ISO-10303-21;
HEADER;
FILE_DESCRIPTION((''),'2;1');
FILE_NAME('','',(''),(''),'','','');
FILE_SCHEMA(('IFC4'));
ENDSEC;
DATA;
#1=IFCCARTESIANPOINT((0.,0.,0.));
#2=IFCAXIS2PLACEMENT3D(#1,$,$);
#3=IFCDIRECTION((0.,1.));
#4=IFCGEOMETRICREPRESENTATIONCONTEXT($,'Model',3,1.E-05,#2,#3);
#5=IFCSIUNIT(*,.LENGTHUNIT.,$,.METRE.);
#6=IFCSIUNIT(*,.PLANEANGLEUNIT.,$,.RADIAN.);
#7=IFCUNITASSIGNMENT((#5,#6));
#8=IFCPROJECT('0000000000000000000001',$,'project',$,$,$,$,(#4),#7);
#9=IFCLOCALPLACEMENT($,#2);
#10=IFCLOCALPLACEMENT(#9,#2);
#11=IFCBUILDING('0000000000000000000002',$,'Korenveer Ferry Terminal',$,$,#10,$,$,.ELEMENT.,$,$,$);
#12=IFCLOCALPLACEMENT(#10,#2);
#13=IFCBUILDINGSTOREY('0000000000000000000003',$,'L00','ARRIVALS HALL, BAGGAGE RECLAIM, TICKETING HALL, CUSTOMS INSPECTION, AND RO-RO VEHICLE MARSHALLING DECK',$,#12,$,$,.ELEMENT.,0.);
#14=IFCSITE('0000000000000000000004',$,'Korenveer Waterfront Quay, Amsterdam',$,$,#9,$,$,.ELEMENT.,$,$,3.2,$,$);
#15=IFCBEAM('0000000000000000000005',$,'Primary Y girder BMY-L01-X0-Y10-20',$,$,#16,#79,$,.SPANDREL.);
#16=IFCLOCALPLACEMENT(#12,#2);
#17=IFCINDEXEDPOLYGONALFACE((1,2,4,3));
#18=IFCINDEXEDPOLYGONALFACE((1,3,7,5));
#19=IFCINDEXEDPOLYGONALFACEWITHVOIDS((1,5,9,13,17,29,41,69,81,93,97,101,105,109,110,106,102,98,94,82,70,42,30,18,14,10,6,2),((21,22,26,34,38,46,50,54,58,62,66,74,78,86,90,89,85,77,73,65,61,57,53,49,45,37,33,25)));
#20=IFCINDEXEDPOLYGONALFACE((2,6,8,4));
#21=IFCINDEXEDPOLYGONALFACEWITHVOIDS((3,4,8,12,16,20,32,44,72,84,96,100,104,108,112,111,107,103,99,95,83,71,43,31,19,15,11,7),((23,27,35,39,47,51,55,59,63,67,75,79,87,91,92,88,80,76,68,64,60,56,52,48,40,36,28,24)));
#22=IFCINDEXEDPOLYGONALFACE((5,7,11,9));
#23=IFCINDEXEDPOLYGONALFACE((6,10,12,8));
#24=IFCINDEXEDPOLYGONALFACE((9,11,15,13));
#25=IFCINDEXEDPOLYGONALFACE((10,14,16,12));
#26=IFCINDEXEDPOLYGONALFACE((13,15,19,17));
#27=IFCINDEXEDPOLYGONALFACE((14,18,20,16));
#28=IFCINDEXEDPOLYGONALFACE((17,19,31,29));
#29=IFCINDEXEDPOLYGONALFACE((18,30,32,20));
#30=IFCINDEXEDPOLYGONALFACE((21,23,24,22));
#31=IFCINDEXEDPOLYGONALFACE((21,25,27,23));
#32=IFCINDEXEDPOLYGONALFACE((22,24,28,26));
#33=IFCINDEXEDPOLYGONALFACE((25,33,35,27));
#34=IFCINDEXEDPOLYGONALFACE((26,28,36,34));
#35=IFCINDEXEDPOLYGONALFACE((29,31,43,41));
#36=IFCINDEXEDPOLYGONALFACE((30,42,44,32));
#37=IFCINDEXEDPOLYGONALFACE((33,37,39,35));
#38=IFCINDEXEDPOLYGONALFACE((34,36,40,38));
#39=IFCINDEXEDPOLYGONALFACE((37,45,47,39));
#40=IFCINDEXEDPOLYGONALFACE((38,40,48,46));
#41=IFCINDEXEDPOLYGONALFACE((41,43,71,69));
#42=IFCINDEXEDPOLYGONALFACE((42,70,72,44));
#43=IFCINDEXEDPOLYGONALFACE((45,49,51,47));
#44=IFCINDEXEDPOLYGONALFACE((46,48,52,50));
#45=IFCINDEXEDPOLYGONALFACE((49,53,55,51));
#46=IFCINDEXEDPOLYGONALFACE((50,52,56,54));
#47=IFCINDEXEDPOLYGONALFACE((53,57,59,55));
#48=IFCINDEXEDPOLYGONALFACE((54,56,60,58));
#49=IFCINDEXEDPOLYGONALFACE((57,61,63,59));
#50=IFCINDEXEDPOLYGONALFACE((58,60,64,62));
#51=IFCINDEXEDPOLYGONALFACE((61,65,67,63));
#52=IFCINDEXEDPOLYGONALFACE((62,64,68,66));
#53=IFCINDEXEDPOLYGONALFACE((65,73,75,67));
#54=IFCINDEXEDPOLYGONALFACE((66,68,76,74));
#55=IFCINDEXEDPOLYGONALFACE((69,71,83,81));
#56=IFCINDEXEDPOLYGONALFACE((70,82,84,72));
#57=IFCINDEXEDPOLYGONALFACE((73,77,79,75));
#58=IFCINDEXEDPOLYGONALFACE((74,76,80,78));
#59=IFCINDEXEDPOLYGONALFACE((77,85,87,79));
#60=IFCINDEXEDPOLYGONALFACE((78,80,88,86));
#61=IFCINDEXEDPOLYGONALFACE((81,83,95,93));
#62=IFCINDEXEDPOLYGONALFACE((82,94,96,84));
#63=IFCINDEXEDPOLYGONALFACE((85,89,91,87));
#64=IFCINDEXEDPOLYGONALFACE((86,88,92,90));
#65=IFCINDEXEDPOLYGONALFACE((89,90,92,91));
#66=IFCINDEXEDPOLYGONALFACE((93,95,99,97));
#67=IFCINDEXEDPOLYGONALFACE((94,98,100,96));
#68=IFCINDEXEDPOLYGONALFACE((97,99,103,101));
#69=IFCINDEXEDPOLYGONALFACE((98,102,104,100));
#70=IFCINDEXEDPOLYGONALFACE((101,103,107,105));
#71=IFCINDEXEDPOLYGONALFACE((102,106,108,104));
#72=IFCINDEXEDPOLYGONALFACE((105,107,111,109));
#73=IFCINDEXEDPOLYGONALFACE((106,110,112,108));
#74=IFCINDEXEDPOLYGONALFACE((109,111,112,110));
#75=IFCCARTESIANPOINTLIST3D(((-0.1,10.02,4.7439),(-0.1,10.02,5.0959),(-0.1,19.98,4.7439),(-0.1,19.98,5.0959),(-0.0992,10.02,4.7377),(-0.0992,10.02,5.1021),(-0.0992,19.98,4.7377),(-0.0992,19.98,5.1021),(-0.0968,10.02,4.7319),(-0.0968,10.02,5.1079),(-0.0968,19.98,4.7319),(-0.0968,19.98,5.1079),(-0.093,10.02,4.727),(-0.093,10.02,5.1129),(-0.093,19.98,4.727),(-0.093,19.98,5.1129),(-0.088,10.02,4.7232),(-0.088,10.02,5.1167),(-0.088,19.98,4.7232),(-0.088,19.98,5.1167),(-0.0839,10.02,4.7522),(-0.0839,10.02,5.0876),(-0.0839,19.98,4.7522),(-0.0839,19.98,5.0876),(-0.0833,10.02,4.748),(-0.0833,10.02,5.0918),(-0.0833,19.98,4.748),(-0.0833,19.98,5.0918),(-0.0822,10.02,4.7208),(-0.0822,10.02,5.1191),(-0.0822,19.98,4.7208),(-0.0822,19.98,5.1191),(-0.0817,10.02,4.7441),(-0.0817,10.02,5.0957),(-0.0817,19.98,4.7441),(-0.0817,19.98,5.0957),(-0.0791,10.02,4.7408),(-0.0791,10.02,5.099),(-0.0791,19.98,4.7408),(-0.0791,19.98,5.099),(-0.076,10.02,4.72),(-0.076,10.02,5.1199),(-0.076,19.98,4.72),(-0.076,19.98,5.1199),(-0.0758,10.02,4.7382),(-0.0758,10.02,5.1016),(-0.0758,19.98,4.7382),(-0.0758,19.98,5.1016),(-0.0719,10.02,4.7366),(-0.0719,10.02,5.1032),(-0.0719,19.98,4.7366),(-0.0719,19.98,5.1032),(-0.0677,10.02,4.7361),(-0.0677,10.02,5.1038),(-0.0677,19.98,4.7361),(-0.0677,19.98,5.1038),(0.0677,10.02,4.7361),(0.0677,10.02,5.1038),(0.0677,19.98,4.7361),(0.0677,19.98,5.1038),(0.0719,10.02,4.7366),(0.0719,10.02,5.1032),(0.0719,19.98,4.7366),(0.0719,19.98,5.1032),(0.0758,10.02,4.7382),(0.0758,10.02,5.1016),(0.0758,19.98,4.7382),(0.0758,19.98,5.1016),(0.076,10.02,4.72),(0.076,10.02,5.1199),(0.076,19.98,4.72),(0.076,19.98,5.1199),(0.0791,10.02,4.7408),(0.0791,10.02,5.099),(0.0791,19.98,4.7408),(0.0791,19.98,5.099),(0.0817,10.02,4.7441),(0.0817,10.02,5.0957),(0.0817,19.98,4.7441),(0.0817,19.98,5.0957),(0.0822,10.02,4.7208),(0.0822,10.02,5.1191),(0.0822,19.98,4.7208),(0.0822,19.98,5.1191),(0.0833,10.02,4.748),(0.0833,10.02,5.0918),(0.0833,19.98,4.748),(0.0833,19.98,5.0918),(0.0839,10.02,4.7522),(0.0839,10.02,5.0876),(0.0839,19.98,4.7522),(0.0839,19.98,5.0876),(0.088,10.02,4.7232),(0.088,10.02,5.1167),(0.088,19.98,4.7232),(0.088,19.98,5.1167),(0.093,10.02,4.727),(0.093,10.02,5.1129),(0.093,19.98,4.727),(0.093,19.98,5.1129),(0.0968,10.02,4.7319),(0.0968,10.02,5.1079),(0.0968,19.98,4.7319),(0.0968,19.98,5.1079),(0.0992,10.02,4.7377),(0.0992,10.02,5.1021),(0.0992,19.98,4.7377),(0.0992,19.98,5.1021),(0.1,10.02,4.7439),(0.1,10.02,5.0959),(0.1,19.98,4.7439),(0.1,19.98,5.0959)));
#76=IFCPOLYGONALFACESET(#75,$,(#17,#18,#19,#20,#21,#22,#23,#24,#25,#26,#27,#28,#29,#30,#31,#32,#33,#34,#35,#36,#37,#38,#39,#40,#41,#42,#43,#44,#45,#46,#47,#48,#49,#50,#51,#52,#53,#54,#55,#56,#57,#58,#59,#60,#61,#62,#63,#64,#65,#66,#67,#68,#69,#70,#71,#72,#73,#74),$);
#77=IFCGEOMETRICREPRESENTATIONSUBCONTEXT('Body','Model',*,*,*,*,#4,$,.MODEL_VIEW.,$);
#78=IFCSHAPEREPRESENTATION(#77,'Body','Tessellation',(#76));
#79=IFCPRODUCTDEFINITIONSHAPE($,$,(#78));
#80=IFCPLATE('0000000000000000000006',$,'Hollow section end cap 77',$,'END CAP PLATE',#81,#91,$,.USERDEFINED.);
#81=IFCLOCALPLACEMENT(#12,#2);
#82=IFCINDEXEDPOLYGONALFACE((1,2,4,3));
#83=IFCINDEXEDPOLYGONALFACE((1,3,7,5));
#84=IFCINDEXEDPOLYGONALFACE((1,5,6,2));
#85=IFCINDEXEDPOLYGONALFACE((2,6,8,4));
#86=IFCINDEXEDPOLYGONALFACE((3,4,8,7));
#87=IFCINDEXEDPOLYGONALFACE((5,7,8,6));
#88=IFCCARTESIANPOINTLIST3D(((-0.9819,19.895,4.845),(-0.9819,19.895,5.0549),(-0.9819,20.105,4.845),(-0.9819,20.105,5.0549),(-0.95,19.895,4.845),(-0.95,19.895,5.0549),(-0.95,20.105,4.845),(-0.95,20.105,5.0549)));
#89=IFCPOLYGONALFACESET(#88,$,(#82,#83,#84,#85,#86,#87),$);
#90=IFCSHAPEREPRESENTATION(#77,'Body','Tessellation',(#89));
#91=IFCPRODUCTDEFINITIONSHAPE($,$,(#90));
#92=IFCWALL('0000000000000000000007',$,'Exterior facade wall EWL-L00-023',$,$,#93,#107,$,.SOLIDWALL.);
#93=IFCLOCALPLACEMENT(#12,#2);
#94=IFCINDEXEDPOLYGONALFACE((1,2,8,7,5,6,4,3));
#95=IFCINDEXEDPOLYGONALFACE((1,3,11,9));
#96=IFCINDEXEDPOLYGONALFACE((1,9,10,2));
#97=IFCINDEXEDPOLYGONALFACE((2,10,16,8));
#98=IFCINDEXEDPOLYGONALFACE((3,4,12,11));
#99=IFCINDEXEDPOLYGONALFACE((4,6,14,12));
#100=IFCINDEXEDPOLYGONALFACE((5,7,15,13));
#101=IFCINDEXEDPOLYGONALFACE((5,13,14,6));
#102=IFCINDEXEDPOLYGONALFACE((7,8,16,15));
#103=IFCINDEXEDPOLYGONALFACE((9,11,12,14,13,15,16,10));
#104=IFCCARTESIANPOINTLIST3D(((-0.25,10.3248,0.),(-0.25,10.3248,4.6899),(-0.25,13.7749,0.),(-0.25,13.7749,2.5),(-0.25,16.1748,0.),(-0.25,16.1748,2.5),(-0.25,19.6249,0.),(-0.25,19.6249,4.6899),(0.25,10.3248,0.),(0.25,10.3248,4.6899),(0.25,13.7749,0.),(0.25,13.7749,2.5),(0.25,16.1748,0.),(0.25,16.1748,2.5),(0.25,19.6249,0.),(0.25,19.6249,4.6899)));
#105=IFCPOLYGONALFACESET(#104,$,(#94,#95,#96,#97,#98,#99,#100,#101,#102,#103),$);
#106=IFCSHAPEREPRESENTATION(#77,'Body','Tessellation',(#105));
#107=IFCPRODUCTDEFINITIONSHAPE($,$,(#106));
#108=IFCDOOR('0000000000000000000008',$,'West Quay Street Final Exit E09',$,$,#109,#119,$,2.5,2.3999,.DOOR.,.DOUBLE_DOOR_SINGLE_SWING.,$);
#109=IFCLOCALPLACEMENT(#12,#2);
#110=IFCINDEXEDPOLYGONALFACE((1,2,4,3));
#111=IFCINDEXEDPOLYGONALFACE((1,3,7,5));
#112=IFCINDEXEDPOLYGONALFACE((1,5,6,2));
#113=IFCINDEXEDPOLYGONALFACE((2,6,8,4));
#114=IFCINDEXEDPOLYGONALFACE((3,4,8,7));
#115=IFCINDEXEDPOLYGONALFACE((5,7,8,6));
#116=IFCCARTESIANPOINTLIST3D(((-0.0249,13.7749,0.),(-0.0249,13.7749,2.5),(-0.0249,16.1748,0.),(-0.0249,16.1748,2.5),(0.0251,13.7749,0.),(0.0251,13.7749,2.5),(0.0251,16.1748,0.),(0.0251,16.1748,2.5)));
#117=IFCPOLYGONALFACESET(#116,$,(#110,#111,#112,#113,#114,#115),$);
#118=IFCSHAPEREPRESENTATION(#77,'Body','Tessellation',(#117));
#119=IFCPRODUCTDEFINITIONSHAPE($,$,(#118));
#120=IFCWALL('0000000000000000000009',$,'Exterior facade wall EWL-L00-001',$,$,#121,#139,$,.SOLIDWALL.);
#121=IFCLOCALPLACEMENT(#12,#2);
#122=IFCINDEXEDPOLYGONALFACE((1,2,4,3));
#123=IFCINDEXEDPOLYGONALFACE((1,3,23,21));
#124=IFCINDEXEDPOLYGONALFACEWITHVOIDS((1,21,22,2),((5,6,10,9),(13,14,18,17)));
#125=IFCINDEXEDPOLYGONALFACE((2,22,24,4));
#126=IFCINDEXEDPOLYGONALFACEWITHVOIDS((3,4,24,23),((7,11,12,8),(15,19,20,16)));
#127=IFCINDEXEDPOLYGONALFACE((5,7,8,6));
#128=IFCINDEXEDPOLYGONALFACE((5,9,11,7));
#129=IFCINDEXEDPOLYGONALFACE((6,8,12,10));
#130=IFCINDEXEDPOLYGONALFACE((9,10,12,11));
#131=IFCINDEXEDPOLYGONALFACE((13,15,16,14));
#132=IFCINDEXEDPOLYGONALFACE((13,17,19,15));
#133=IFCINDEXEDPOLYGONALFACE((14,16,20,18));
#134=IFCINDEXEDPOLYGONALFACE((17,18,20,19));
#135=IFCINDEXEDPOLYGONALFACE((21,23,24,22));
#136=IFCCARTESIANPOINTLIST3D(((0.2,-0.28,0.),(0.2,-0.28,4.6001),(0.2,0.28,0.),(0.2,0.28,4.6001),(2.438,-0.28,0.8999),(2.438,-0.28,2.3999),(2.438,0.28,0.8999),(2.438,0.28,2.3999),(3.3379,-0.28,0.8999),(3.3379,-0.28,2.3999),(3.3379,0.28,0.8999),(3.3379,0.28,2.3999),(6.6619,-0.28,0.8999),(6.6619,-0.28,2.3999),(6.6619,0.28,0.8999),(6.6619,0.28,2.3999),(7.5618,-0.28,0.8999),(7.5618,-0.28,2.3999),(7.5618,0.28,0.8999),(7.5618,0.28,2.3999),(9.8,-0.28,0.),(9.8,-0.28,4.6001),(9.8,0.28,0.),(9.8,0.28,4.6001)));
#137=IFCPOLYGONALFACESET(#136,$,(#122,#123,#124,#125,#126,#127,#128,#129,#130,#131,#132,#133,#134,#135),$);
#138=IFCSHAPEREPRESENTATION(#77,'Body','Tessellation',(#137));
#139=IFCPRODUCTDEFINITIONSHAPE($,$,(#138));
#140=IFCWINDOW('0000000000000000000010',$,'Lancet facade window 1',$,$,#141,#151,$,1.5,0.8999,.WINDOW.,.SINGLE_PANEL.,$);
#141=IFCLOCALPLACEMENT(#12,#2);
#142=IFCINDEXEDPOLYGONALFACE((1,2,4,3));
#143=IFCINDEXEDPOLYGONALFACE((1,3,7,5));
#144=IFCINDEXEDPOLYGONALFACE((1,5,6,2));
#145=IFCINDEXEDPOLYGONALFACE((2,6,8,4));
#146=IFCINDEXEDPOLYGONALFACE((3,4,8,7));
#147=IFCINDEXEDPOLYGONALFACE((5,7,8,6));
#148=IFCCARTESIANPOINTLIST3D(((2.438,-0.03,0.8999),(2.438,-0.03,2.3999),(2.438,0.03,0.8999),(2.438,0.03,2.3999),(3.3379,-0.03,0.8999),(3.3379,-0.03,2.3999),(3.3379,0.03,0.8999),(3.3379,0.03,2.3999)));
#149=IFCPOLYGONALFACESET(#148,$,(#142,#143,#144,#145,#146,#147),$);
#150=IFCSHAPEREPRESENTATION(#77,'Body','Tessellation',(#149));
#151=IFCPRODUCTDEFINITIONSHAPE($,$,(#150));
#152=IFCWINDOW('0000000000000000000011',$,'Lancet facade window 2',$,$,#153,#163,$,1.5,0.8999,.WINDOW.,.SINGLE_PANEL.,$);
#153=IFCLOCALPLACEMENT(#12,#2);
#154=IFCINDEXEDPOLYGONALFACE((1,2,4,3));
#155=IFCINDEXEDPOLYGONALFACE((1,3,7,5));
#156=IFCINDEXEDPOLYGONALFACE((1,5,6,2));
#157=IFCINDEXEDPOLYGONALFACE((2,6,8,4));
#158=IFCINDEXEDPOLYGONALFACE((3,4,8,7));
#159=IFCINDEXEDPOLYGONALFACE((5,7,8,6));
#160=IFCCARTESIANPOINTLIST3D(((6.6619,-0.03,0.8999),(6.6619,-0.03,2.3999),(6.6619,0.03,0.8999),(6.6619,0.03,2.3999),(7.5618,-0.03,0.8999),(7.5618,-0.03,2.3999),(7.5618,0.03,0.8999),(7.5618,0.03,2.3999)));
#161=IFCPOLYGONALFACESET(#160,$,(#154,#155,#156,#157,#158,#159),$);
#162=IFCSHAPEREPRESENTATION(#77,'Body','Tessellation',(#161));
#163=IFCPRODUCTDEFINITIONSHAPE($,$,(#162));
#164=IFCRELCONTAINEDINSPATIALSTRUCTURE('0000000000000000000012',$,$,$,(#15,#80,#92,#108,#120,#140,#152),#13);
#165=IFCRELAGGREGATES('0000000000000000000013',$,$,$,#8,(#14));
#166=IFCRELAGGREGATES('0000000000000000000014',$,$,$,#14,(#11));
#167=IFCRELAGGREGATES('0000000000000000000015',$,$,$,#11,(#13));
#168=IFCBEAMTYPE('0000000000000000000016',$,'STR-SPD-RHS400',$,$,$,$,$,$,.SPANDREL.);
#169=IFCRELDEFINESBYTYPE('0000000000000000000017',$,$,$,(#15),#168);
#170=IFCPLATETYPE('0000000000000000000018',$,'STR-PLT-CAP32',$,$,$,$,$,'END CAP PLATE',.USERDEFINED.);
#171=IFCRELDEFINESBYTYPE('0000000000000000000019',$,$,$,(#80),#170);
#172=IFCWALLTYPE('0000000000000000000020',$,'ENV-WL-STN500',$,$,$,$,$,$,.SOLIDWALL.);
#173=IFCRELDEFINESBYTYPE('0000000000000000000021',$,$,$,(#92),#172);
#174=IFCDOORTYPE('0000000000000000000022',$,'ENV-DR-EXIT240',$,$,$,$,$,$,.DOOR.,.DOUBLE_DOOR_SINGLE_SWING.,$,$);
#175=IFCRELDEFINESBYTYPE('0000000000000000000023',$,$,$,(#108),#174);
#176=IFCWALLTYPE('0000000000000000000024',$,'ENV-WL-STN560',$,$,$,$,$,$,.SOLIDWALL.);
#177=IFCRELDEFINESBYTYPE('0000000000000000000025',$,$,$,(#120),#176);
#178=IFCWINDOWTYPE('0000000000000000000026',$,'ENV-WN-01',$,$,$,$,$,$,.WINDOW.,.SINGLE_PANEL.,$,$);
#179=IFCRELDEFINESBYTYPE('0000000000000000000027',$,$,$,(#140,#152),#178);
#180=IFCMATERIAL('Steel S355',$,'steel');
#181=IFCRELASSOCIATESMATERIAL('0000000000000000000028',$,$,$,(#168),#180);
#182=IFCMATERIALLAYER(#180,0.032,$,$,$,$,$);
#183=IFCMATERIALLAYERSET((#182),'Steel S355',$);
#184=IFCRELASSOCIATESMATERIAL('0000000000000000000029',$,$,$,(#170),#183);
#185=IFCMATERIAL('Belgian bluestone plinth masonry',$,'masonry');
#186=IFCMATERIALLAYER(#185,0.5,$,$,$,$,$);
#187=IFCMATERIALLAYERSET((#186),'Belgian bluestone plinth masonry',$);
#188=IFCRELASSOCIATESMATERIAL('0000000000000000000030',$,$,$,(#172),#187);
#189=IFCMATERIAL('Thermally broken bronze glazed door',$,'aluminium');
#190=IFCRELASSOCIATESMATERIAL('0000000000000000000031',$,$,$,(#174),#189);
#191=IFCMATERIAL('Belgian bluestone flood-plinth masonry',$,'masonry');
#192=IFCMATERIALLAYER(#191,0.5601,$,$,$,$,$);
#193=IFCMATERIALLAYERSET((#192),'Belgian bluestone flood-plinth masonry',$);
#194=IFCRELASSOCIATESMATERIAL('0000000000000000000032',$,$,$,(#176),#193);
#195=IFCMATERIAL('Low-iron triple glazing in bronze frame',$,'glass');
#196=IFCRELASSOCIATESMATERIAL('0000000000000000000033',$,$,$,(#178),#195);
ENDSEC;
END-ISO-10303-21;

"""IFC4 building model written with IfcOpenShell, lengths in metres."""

from ifc_helpers import new_model, si_unit, direction, frame, frame_2d, origin, origin_2d, place, context, subcontext, project, spatial, rectangle, hollow_rectangle, extrude, material, layer, layer_set, material_profile, profile_set, type_object, element, fill, save


model = new_model("IFC4")

# Units and contexts
model_context = context("Model", 3, precision=1e-05, world=origin(), true_north=direction((0.0, 1.0)))
body_context = subcontext(model_context, "Body", "Model", "MODEL_VIEW")
ifc_project = project(units=[si_unit("LENGTHUNIT", "METRE"), si_unit("PLANEANGLEUNIT", "RADIAN")], contexts=[model_context])

# Site, building, storey
site_placement = place(None, origin())
site = spatial("IfcSite", under=ifc_project, at=site_placement, Name="Korenveer Waterfront Quay, Amsterdam", CompositionType="ELEMENT", RefElevation=3.2)
building_placement = place(site_placement, origin())
building = spatial("IfcBuilding", under=site, at=building_placement, Name="Korenveer Ferry Terminal", CompositionType="ELEMENT")
storey_placement = place(building_placement, origin())
storey = spatial("IfcBuildingStorey", under=building, at=storey_placement, Name="L00", Description="ARRIVALS HALL, BAGGAGE RECLAIM, TICKETING HALL, CUSTOMS INSPECTION, AND RO-RO VEHICLE MARSHALLING DECK", CompositionType="ELEMENT", Elevation=0.0)

# Beam
ifc_material_1 = material(Name="Steel S355", Category="steel")
ifc_material_profile_1 = material_profile(ifc_material_1, hollow_rectangle(XDim=0.2, YDim=0.3999, WallThickness=0.0161, InnerFilletRadius=0.0161, OuterFilletRadius=0.0239, at=origin_2d()), Name="RHS 400x200x16")
ifc_profile_set_1 = profile_set([ifc_material_profile_1], Name="Steel S355")
beam_type_1 = type_object("IfcBeamType", Name="STR-SPD-RHS400", PredefinedType="SPANDREL", material=ifc_profile_set_1)
for number, where, z_axis, x_axis, name in (
    (1, (0.0, 10.02, 4.9199), (0.0, 1.0, 0.0), (-1.0, 0.0, 0.0), "Primary Y girder BMY-L01-X0-Y10-20"),
):
    element("IfcBeam", number, at=place(storey_placement, frame(where, z_axis=z_axis, x_axis=x_axis)), inside=storey, type_object=beam_type_1, Name=name, PredefinedType="SPANDREL", context=body_context, shape_type="SweptSolid", body=[
        extrude(hollow_rectangle(XDim=0.2, YDim=0.3999, WallThickness=0.0161, InnerFilletRadius=0.0161, OuterFilletRadius=0.0239, at=origin_2d()), origin(), (0.0, 0.0, 1.0), 9.96),
    ])

# Plate
ifc_layer_1 = layer(ifc_material_1, 0.032)
ifc_layer_set_1 = layer_set([ifc_layer_1], Name="Steel S355")
plate_type = type_object("IfcPlateType", Name="STR-PLT-CAP32", ElementType="END CAP PLATE", PredefinedType="USERDEFINED", material=ifc_layer_set_1)
plate_placement = place(storey_placement, frame((-0.9819, 20.0, 4.95), z_axis=(1.0, 0.0, 0.0), x_axis=(0.0, 1.0, 0.0)))
element("IfcPlate", 2, at=plate_placement, inside=storey, type_object=plate_type, Name="Hollow section end cap 77", ObjectType="END CAP PLATE", PredefinedType="USERDEFINED", context=body_context, shape_type="SweptSolid", body=[
    extrude(rectangle(XDim=0.21, YDim=0.21, at=origin_2d()), origin(), (0.0, 0.0, 1.0), 0.032),
])

# Wall, opening, door
ifc_material_2 = material(Name="Belgian bluestone plinth masonry", Category="masonry")
ifc_layer_2 = layer(ifc_material_2, 0.5)
ifc_layer_set_2 = layer_set([ifc_layer_2], Name="Belgian bluestone plinth masonry")
wall_type_1 = type_object("IfcWallType", Name="ENV-WL-STN500", PredefinedType="SOLIDWALL", material=ifc_layer_set_2)
wall_1_placement = place(storey_placement, frame((0.0, 10.325, 0.0), z_axis=(0.0, 0.0, 1.0), x_axis=(0.0, 1.0, 0.0)))
wall_1 = element("IfcWall", 3, at=wall_1_placement, inside=storey, type_object=wall_type_1, Name="Exterior facade wall EWL-L00-023", PredefinedType="SOLIDWALL", context=body_context, shape_type="SweptSolid", body=[
    extrude(rectangle(XDim=9.3, YDim=0.5, at=frame_2d((4.6499, 0.0))), origin(), (0.0, 0.0, 1.0), 4.6899),
])
opening_1_placement = place(wall_1_placement, frame((3.45, 0.0, 0.0)))
opening_1 = element("IfcOpeningElement", 4, at=opening_1_placement, cuts=wall_1, PredefinedType="OPENING", context=body_context, shape_type="SweptSolid", body=[
    extrude(rectangle(XDim=2.3999, YDim=2.5, at=frame_2d((1.2, 1.25))), frame((0.0, 0.26, 0.0), z_axis=(0.0, -1.0, 0.0), x_axis=(1.0, 0.0, 0.0)), (0.0, 0.0, 1.0), 0.52),
])
ifc_material_3 = material(Name="Thermally broken bronze glazed door", Category="aluminium")
door_type = type_object("IfcDoorType", Name="ENV-DR-EXIT240", OperationType="DOUBLE_DOOR_SINGLE_SWING", PredefinedType="DOOR", material=ifc_material_3)
door_placement = place(opening_1_placement, origin())
door = element("IfcDoor", 5, at=door_placement, inside=storey, type_object=door_type, Name="West Quay Street Final Exit E09", OperationType="DOUBLE_DOOR_SINGLE_SWING", OverallHeight=2.5, OverallWidth=2.3999, PredefinedType="DOOR", context=body_context, shape_type="SweptSolid", body=[
    extrude(rectangle(XDim=2.3999, YDim=2.5, at=frame_2d((1.2, 1.25))), frame((0.0, 0.0249, 0.0), z_axis=(0.0, -1.0, 0.0), x_axis=(1.0, 0.0, 0.0)), (0.0, 0.0, 1.0), 0.05),
])
fill(opening_1, door)

# Wall, openings, windows
ifc_material_4 = material(Name="Belgian bluestone flood-plinth masonry", Category="masonry")
ifc_layer_3 = layer(ifc_material_4, 0.5601)
ifc_layer_set_3 = layer_set([ifc_layer_3], Name="Belgian bluestone flood-plinth masonry")
wall_type_2 = type_object("IfcWallType", Name="ENV-WL-STN560", PredefinedType="SOLIDWALL", material=ifc_layer_set_3)
wall_2_placement = place(storey_placement, frame((0.2, 0.0, 0.0), z_axis=(0.0, 0.0, 1.0), x_axis=(1.0, 0.0, 0.0)))
wall_2 = element("IfcWall", 6, at=wall_2_placement, inside=storey, type_object=wall_type_2, Name="Exterior facade wall EWL-L00-001", PredefinedType="SOLIDWALL", context=body_context, shape_type="SweptSolid", body=[
    extrude(rectangle(XDim=9.6001, YDim=0.5601, at=frame_2d((4.8, 0.0))), origin(), (0.0, 0.0, 1.0), 4.6001),
])
opening_2_placement = place(wall_2_placement, frame((2.238, 0.0, 0.8999)))
opening_2 = element("IfcOpeningElement", 7, at=opening_2_placement, cuts=wall_2, PredefinedType="OPENING", context=body_context, shape_type="SweptSolid", body=[
    extrude(rectangle(XDim=0.8999, YDim=1.5, at=frame_2d((0.45, 0.75))), frame((0.0, 0.29, 0.0), z_axis=(0.0, -1.0, 0.0), x_axis=(1.0, 0.0, 0.0)), (0.0, 0.0, 1.0), 0.5801),
])
opening_3_placement = place(wall_2_placement, frame((6.4619, 0.0, 0.8999)))
opening_3 = element("IfcOpeningElement", 8, at=opening_3_placement, cuts=wall_2, PredefinedType="OPENING", context=body_context, shape_type="SweptSolid", body=[
    extrude(rectangle(XDim=0.8999, YDim=1.5, at=frame_2d((0.45, 0.75))), frame((0.0, 0.29, 0.0), z_axis=(0.0, -1.0, 0.0), x_axis=(1.0, 0.0, 0.0)), (0.0, 0.0, 1.0), 0.5801),
])
ifc_material_5 = material(Name="Low-iron triple glazing in bronze frame", Category="glass")
window_type_1 = type_object("IfcWindowType", Name="ENV-WN-01", PartitioningType="SINGLE_PANEL", PredefinedType="WINDOW", material=ifc_material_5)
window_1_placement = place(opening_2_placement, origin())
window_1 = element("IfcWindow", 9, at=window_1_placement, inside=storey, type_object=window_type_1, Name="Lancet facade window 1", OverallHeight=1.5, OverallWidth=0.8999, PartitioningType="SINGLE_PANEL", PredefinedType="WINDOW", context=body_context, shape_type="SweptSolid", body=[
    extrude(rectangle(XDim=0.8999, YDim=1.5, at=frame_2d((0.45, 0.75))), frame((0.0, 0.03, 0.0), z_axis=(0.0, -1.0, 0.0), x_axis=(1.0, 0.0, 0.0)), (0.0, 0.0, 1.0), 0.0601),
])
fill(opening_2, window_1)
window_2_placement = place(opening_3_placement, origin())
window_2 = element("IfcWindow", 10, at=window_2_placement, inside=storey, type_object=window_type_1, Name="Lancet facade window 2", OverallHeight=1.5, OverallWidth=0.8999, PartitioningType="SINGLE_PANEL", PredefinedType="WINDOW", context=body_context, shape_type="SweptSolid", body=[
    extrude(rectangle(XDim=0.8999, YDim=1.5, at=frame_2d((0.45, 0.75))), frame((0.0, 0.03, 0.0), z_axis=(0.0, -1.0, 0.0), x_axis=(1.0, 0.0, 0.0)), (0.0, 0.0, 1.0), 0.0601),
])
fill(opening_3, window_2)

save(model, "model.ifc")
